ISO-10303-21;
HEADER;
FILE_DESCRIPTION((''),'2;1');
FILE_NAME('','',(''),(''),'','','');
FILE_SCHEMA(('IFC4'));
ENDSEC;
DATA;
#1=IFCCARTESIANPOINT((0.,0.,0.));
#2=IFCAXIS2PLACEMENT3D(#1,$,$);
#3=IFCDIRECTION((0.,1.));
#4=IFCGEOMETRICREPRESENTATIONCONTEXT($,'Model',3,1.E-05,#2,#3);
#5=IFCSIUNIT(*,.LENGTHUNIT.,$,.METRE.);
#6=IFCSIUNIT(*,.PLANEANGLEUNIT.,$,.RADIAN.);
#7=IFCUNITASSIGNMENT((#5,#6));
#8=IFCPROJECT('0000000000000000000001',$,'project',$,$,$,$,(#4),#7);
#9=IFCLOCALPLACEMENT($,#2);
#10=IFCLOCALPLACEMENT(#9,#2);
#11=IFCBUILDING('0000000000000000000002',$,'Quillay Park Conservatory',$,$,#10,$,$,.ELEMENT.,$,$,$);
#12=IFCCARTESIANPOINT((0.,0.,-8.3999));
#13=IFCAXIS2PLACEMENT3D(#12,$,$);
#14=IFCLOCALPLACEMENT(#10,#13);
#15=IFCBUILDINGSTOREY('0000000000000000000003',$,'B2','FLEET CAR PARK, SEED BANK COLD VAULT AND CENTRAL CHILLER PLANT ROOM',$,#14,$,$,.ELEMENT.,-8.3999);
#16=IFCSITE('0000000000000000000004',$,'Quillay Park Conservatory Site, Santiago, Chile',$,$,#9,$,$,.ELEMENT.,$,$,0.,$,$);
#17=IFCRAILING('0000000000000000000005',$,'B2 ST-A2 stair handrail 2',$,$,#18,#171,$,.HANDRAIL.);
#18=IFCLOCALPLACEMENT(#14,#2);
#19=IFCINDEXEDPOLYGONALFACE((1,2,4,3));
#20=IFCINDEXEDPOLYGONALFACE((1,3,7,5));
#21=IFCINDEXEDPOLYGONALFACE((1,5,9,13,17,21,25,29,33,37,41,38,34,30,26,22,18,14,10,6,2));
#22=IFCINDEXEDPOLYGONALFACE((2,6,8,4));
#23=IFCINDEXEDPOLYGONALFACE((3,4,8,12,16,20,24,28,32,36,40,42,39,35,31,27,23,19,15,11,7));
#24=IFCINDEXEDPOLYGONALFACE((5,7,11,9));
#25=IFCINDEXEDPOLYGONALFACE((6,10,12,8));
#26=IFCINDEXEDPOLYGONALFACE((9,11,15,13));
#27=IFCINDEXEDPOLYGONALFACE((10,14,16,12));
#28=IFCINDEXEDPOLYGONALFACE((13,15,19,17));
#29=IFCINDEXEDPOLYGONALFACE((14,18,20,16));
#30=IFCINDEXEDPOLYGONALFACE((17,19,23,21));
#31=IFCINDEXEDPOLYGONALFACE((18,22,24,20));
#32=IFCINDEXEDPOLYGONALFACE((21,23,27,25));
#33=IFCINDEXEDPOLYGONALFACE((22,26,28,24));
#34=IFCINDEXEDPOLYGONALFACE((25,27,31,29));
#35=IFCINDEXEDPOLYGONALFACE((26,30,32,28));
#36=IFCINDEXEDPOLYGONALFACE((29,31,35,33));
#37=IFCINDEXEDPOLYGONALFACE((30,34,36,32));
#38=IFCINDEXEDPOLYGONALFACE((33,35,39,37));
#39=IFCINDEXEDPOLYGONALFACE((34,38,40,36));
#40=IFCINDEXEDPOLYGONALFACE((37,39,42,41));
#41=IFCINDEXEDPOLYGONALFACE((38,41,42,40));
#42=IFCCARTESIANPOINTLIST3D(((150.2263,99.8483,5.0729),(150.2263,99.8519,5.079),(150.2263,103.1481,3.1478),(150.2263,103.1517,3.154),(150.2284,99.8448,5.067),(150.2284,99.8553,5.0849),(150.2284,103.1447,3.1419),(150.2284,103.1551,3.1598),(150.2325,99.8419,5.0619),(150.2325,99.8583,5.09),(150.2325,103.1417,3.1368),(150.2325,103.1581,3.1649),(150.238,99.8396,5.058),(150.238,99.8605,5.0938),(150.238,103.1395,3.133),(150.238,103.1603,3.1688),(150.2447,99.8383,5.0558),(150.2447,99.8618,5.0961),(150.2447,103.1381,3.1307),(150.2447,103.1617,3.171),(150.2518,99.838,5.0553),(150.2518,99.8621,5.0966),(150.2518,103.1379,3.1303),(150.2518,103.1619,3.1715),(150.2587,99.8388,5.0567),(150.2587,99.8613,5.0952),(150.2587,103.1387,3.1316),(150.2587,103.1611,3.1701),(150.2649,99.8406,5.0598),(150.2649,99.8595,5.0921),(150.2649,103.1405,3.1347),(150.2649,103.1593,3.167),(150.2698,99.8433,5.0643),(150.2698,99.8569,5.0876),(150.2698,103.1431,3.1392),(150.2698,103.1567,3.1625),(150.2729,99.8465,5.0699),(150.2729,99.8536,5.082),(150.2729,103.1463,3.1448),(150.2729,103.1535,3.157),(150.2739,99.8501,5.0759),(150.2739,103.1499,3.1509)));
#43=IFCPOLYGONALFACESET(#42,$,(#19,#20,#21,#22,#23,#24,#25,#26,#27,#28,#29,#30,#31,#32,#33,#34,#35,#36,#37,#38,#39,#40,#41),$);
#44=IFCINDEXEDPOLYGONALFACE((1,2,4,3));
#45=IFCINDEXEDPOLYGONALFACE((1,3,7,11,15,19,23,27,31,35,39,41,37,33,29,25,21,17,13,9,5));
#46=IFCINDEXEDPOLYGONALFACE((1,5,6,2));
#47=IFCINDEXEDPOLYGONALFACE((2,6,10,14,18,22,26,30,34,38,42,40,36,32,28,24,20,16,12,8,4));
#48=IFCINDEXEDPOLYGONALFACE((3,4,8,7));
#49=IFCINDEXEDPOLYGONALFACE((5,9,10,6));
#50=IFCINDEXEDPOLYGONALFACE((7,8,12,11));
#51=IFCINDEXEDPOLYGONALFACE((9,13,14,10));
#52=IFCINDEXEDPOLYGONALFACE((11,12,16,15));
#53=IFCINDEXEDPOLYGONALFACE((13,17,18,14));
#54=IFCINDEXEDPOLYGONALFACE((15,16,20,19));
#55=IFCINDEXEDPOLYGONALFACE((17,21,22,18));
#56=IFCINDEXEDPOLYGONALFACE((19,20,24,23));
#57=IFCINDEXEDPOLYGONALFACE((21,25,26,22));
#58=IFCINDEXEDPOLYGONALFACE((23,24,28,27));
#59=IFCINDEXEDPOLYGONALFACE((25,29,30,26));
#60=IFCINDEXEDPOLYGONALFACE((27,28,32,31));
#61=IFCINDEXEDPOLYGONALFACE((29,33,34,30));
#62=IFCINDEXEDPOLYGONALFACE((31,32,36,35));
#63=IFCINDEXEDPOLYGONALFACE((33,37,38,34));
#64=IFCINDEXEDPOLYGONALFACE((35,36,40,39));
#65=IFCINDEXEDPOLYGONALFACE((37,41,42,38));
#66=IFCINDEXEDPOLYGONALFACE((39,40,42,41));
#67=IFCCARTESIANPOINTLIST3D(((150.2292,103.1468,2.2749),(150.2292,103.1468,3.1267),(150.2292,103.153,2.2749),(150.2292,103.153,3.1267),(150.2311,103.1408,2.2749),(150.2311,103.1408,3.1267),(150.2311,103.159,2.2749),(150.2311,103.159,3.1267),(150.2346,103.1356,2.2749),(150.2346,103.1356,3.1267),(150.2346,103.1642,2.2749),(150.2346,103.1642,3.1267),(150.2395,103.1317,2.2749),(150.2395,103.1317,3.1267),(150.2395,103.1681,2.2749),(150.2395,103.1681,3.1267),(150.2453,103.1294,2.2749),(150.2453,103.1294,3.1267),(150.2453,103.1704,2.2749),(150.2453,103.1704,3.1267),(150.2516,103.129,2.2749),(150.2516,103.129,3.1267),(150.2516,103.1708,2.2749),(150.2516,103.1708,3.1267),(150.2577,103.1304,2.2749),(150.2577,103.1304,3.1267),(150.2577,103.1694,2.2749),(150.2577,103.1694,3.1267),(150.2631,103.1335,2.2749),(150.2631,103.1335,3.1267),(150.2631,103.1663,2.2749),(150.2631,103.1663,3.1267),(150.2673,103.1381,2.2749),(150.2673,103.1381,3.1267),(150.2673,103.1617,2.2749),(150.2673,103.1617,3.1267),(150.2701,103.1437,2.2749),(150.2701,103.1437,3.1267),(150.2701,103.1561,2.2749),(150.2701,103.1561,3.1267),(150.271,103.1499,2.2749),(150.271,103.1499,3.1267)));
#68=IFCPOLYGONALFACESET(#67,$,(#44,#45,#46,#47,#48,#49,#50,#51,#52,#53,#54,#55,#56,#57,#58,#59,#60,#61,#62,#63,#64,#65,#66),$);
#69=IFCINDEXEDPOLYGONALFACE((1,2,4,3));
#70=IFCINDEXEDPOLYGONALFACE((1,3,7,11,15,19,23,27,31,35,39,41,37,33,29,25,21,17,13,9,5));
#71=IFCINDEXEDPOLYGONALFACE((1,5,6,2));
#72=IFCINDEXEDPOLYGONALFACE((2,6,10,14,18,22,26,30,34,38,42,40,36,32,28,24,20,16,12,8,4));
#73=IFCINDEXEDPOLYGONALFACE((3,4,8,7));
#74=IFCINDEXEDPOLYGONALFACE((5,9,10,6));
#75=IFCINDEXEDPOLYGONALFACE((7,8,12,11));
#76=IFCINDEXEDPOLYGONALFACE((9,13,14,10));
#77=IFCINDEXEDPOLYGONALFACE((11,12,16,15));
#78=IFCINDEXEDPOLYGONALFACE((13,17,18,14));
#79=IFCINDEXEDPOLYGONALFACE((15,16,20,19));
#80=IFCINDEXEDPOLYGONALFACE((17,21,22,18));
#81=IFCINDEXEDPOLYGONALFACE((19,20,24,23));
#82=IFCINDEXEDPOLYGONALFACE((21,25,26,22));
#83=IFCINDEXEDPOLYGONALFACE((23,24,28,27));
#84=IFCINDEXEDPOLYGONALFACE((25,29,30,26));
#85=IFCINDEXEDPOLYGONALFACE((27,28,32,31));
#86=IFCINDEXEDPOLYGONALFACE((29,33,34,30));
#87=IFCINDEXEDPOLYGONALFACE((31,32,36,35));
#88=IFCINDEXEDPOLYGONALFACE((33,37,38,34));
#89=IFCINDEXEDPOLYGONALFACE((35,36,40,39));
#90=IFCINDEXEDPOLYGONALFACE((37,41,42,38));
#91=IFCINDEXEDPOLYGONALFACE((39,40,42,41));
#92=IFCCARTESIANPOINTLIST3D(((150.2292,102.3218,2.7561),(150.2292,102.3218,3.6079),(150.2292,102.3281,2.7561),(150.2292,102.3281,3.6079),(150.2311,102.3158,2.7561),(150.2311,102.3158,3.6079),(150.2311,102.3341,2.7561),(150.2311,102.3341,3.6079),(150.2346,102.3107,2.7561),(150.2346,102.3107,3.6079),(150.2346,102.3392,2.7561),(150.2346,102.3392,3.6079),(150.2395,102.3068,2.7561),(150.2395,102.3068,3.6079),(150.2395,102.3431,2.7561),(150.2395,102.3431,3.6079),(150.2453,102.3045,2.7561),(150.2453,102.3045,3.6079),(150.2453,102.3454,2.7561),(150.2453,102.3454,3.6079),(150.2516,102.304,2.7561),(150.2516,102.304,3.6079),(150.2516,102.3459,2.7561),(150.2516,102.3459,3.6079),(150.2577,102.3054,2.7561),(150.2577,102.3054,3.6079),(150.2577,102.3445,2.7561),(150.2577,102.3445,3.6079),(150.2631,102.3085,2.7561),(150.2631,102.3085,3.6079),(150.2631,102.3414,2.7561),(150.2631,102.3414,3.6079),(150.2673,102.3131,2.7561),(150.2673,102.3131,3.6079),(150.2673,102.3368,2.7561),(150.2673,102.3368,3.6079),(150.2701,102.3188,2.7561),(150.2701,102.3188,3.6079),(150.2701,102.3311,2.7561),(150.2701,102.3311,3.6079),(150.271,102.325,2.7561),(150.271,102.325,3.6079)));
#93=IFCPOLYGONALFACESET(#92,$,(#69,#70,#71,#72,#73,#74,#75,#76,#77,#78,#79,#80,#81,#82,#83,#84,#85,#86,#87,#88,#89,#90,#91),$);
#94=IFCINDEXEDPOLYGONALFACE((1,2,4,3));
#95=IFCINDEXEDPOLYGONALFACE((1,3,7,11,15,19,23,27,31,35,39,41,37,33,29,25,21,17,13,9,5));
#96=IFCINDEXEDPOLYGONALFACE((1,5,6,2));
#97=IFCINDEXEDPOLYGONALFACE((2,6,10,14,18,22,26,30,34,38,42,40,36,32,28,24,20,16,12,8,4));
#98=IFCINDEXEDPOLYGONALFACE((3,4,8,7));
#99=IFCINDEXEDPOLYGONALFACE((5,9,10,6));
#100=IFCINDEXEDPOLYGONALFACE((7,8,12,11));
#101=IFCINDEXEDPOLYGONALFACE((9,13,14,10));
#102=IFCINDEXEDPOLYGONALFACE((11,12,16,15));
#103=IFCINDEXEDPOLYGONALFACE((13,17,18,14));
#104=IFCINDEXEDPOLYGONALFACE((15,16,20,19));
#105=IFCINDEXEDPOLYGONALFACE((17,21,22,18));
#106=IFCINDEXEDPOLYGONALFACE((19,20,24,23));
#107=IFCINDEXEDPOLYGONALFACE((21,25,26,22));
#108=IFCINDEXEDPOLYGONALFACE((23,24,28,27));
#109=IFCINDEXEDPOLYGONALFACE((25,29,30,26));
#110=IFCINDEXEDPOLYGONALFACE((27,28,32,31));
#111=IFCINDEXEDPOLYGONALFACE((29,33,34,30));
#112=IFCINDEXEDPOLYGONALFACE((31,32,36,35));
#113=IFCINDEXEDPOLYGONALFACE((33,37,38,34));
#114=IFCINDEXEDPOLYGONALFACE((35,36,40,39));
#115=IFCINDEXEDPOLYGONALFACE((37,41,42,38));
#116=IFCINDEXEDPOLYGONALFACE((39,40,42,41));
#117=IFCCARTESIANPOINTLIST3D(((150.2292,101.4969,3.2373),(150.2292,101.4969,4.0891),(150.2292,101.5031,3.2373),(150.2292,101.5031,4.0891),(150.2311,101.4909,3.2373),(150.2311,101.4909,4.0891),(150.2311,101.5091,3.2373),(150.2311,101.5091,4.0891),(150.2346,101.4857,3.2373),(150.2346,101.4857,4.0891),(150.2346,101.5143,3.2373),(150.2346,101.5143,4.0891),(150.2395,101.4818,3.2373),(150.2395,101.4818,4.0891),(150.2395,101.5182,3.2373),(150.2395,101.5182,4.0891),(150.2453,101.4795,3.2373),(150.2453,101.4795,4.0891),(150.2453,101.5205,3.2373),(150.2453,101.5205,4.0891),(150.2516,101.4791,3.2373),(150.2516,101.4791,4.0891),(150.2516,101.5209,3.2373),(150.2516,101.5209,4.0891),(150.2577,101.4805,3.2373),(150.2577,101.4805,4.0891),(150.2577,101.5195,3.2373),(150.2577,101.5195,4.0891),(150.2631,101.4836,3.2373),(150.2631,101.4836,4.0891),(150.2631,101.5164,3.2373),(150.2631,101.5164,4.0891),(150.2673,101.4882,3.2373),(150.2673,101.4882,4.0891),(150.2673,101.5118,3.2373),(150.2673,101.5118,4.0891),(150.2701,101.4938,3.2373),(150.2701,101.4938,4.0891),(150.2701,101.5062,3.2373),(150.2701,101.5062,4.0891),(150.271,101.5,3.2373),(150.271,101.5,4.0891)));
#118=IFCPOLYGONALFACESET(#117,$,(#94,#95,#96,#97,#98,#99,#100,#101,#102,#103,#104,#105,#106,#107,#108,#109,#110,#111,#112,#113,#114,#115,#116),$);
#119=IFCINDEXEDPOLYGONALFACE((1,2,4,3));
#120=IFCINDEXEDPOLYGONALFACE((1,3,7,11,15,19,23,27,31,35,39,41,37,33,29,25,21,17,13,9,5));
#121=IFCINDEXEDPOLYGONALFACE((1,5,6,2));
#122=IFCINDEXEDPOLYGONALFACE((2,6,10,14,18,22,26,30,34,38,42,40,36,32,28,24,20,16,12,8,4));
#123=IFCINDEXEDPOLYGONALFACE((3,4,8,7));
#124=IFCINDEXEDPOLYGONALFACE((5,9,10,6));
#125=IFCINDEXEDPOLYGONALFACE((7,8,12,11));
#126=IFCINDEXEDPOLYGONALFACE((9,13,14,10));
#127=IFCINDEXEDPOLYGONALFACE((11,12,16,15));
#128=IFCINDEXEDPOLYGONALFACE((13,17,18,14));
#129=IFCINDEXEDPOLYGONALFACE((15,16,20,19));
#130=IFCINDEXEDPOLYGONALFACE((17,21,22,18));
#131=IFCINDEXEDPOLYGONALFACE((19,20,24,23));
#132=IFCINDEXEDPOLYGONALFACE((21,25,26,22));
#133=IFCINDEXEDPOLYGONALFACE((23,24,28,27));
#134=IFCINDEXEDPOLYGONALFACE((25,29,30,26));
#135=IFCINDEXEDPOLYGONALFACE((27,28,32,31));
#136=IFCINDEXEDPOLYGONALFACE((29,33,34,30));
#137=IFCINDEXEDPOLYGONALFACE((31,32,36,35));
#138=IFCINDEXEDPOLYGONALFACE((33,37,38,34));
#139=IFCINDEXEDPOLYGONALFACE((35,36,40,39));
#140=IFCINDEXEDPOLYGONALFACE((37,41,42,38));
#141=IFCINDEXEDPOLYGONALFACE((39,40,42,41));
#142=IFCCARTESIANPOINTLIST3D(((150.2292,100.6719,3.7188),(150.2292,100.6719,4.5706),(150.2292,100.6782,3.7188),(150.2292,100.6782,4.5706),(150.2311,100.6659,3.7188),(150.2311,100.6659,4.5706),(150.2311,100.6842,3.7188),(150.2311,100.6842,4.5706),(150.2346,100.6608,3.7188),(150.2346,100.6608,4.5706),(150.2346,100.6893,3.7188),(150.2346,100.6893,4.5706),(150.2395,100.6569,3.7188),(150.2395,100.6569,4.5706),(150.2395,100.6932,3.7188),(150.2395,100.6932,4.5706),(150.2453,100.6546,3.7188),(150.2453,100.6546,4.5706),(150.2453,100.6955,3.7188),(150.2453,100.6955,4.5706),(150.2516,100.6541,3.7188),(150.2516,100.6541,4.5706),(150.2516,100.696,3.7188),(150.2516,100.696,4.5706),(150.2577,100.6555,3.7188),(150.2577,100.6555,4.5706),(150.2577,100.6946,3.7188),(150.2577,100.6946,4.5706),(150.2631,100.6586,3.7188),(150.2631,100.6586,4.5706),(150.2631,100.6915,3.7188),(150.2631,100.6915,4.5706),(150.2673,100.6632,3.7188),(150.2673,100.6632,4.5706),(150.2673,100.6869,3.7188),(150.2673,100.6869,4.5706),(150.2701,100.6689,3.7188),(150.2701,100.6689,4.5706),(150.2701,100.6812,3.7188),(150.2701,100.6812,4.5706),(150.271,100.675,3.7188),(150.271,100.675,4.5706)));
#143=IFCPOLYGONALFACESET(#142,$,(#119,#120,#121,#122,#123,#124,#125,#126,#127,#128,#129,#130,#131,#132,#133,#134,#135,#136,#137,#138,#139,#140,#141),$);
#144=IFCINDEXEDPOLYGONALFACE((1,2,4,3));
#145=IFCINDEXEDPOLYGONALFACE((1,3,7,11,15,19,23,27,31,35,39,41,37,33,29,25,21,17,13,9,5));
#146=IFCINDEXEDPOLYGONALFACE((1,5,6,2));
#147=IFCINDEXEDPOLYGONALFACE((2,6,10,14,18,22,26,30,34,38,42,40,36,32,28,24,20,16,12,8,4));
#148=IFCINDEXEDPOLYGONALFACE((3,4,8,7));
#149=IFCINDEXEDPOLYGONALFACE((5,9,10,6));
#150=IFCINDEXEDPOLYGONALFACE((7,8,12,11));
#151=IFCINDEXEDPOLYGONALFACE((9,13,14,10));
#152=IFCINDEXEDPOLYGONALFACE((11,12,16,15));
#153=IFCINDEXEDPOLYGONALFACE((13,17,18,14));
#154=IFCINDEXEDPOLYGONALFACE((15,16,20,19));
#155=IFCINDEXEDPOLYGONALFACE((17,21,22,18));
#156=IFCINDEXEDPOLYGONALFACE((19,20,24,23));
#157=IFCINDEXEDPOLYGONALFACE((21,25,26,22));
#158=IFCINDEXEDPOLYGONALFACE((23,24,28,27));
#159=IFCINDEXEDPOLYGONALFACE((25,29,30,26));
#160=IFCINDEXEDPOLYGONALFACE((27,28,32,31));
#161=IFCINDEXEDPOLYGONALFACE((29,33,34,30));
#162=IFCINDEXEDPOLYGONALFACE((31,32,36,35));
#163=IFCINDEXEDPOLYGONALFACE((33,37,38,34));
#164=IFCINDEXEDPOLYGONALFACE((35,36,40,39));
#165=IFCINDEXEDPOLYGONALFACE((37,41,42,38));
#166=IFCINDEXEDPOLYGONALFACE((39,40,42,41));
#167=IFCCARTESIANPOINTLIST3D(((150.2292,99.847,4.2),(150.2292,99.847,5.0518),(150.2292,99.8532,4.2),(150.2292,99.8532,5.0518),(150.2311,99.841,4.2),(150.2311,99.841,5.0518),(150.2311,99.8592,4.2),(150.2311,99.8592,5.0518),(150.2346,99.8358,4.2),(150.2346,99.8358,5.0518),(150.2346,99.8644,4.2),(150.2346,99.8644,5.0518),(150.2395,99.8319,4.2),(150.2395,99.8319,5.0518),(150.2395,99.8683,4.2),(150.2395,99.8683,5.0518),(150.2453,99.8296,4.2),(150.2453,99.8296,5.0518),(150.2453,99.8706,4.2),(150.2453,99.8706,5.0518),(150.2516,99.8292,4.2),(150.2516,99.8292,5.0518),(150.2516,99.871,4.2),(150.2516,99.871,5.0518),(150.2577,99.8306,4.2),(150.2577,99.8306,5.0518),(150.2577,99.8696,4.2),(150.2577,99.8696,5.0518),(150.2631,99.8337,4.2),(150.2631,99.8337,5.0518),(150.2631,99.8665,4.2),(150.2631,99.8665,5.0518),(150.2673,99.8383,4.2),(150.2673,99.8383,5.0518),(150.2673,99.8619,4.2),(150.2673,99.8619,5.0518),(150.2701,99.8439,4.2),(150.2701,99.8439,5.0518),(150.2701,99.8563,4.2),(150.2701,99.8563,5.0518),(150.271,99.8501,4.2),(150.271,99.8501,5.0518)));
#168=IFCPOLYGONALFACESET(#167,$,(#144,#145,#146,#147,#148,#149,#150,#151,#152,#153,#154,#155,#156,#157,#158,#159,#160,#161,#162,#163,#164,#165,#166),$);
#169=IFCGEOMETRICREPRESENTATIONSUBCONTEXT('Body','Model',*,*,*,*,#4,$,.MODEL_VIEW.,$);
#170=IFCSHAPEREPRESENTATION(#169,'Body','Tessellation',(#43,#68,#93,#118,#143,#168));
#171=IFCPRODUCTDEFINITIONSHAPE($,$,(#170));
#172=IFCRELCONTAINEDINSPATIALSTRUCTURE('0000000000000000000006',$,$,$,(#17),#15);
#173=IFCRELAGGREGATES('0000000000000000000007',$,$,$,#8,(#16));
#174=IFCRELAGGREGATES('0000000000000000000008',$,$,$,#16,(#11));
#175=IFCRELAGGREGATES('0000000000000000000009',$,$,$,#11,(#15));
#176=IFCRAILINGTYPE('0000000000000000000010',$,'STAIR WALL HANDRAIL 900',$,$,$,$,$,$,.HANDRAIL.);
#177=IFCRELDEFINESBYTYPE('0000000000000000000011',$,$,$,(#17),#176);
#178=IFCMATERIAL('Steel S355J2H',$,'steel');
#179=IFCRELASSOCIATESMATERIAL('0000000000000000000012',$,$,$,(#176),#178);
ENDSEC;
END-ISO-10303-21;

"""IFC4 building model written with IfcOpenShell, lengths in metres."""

from ifc_helpers import new_model, si_unit, direction, frame, origin, origin_2d, place, context, subcontext, project, spatial, circle, extrude, material, type_object, element, save


model = new_model("IFC4")

# Units and contexts
model_context = context("Model", 3, precision=1e-05, world=origin(), true_north=direction((0.0, 1.0)))
body_context = subcontext(model_context, "Body", "Model", "MODEL_VIEW")
ifc_project = project(units=[si_unit("LENGTHUNIT", "METRE"), si_unit("PLANEANGLEUNIT", "RADIAN")], contexts=[model_context])

# Site, building, storey
site_placement = place(None, origin())
site = spatial("IfcSite", under=ifc_project, at=site_placement, Name="Quillay Park Conservatory Site, Santiago, Chile", CompositionType="ELEMENT", RefElevation=0.0)
building_placement = place(site_placement, origin())
building = spatial("IfcBuilding", under=site, at=building_placement, Name="Quillay Park Conservatory", CompositionType="ELEMENT")
storey_placement = place(building_placement, frame((0.0, 0.0, -8.3999)))
storey = spatial("IfcBuildingStorey", under=building, at=storey_placement, Name="B2", Description="FLEET CAR PARK, SEED BANK COLD VAULT AND CENTRAL CHILLER PLANT ROOM", CompositionType="ELEMENT", Elevation=-8.3999)

# Railing
ifc_material_1 = material(Name="Steel S355J2H", Category="steel")
railing_type = type_object("IfcRailingType", Name="STAIR WALL HANDRAIL 900", PredefinedType="HANDRAIL", material=ifc_material_1)
railing_placement = place(storey_placement, frame((150.25, 103.1499, 2.2749)))
element("IfcRailing", 1, at=railing_placement, inside=storey, type_object=railing_type, Name="B2 ST-A2 stair handrail 2", PredefinedType="HANDRAIL", context=body_context, shape_type="SweptSolid", body=[
    extrude(circle(Radius=0.0239, at=origin_2d()), frame((0.0, 0.0, 0.876), z_axis=(0.0, -0.86376, 0.503903), x_axis=(1.0, 0.0, 0.0)), (0.0, 0.0, 1.0), 3.8203),
    extrude(circle(Radius=0.021, at=origin_2d()), origin(), (0.0, 0.0, 1.0), 0.8518),
    extrude(circle(Radius=0.021, at=origin_2d()), frame((0.0, -0.825, 0.4812)), (0.0, 0.0, 1.0), 0.8518),
    extrude(circle(Radius=0.021, at=origin_2d()), frame((0.0, -1.6499, 0.9624)), (0.0, 0.0, 1.0), 0.8518),
    extrude(circle(Radius=0.021, at=origin_2d()), frame((0.0, -2.4749, 1.4438)), (0.0, 0.0, 1.0), 0.8518),
    extrude(circle(Radius=0.021, at=origin_2d()), frame((0.0, -3.2998, 1.925)), (0.0, 0.0, 1.0), 0.8518),
])

save(model, "model.ifc")
